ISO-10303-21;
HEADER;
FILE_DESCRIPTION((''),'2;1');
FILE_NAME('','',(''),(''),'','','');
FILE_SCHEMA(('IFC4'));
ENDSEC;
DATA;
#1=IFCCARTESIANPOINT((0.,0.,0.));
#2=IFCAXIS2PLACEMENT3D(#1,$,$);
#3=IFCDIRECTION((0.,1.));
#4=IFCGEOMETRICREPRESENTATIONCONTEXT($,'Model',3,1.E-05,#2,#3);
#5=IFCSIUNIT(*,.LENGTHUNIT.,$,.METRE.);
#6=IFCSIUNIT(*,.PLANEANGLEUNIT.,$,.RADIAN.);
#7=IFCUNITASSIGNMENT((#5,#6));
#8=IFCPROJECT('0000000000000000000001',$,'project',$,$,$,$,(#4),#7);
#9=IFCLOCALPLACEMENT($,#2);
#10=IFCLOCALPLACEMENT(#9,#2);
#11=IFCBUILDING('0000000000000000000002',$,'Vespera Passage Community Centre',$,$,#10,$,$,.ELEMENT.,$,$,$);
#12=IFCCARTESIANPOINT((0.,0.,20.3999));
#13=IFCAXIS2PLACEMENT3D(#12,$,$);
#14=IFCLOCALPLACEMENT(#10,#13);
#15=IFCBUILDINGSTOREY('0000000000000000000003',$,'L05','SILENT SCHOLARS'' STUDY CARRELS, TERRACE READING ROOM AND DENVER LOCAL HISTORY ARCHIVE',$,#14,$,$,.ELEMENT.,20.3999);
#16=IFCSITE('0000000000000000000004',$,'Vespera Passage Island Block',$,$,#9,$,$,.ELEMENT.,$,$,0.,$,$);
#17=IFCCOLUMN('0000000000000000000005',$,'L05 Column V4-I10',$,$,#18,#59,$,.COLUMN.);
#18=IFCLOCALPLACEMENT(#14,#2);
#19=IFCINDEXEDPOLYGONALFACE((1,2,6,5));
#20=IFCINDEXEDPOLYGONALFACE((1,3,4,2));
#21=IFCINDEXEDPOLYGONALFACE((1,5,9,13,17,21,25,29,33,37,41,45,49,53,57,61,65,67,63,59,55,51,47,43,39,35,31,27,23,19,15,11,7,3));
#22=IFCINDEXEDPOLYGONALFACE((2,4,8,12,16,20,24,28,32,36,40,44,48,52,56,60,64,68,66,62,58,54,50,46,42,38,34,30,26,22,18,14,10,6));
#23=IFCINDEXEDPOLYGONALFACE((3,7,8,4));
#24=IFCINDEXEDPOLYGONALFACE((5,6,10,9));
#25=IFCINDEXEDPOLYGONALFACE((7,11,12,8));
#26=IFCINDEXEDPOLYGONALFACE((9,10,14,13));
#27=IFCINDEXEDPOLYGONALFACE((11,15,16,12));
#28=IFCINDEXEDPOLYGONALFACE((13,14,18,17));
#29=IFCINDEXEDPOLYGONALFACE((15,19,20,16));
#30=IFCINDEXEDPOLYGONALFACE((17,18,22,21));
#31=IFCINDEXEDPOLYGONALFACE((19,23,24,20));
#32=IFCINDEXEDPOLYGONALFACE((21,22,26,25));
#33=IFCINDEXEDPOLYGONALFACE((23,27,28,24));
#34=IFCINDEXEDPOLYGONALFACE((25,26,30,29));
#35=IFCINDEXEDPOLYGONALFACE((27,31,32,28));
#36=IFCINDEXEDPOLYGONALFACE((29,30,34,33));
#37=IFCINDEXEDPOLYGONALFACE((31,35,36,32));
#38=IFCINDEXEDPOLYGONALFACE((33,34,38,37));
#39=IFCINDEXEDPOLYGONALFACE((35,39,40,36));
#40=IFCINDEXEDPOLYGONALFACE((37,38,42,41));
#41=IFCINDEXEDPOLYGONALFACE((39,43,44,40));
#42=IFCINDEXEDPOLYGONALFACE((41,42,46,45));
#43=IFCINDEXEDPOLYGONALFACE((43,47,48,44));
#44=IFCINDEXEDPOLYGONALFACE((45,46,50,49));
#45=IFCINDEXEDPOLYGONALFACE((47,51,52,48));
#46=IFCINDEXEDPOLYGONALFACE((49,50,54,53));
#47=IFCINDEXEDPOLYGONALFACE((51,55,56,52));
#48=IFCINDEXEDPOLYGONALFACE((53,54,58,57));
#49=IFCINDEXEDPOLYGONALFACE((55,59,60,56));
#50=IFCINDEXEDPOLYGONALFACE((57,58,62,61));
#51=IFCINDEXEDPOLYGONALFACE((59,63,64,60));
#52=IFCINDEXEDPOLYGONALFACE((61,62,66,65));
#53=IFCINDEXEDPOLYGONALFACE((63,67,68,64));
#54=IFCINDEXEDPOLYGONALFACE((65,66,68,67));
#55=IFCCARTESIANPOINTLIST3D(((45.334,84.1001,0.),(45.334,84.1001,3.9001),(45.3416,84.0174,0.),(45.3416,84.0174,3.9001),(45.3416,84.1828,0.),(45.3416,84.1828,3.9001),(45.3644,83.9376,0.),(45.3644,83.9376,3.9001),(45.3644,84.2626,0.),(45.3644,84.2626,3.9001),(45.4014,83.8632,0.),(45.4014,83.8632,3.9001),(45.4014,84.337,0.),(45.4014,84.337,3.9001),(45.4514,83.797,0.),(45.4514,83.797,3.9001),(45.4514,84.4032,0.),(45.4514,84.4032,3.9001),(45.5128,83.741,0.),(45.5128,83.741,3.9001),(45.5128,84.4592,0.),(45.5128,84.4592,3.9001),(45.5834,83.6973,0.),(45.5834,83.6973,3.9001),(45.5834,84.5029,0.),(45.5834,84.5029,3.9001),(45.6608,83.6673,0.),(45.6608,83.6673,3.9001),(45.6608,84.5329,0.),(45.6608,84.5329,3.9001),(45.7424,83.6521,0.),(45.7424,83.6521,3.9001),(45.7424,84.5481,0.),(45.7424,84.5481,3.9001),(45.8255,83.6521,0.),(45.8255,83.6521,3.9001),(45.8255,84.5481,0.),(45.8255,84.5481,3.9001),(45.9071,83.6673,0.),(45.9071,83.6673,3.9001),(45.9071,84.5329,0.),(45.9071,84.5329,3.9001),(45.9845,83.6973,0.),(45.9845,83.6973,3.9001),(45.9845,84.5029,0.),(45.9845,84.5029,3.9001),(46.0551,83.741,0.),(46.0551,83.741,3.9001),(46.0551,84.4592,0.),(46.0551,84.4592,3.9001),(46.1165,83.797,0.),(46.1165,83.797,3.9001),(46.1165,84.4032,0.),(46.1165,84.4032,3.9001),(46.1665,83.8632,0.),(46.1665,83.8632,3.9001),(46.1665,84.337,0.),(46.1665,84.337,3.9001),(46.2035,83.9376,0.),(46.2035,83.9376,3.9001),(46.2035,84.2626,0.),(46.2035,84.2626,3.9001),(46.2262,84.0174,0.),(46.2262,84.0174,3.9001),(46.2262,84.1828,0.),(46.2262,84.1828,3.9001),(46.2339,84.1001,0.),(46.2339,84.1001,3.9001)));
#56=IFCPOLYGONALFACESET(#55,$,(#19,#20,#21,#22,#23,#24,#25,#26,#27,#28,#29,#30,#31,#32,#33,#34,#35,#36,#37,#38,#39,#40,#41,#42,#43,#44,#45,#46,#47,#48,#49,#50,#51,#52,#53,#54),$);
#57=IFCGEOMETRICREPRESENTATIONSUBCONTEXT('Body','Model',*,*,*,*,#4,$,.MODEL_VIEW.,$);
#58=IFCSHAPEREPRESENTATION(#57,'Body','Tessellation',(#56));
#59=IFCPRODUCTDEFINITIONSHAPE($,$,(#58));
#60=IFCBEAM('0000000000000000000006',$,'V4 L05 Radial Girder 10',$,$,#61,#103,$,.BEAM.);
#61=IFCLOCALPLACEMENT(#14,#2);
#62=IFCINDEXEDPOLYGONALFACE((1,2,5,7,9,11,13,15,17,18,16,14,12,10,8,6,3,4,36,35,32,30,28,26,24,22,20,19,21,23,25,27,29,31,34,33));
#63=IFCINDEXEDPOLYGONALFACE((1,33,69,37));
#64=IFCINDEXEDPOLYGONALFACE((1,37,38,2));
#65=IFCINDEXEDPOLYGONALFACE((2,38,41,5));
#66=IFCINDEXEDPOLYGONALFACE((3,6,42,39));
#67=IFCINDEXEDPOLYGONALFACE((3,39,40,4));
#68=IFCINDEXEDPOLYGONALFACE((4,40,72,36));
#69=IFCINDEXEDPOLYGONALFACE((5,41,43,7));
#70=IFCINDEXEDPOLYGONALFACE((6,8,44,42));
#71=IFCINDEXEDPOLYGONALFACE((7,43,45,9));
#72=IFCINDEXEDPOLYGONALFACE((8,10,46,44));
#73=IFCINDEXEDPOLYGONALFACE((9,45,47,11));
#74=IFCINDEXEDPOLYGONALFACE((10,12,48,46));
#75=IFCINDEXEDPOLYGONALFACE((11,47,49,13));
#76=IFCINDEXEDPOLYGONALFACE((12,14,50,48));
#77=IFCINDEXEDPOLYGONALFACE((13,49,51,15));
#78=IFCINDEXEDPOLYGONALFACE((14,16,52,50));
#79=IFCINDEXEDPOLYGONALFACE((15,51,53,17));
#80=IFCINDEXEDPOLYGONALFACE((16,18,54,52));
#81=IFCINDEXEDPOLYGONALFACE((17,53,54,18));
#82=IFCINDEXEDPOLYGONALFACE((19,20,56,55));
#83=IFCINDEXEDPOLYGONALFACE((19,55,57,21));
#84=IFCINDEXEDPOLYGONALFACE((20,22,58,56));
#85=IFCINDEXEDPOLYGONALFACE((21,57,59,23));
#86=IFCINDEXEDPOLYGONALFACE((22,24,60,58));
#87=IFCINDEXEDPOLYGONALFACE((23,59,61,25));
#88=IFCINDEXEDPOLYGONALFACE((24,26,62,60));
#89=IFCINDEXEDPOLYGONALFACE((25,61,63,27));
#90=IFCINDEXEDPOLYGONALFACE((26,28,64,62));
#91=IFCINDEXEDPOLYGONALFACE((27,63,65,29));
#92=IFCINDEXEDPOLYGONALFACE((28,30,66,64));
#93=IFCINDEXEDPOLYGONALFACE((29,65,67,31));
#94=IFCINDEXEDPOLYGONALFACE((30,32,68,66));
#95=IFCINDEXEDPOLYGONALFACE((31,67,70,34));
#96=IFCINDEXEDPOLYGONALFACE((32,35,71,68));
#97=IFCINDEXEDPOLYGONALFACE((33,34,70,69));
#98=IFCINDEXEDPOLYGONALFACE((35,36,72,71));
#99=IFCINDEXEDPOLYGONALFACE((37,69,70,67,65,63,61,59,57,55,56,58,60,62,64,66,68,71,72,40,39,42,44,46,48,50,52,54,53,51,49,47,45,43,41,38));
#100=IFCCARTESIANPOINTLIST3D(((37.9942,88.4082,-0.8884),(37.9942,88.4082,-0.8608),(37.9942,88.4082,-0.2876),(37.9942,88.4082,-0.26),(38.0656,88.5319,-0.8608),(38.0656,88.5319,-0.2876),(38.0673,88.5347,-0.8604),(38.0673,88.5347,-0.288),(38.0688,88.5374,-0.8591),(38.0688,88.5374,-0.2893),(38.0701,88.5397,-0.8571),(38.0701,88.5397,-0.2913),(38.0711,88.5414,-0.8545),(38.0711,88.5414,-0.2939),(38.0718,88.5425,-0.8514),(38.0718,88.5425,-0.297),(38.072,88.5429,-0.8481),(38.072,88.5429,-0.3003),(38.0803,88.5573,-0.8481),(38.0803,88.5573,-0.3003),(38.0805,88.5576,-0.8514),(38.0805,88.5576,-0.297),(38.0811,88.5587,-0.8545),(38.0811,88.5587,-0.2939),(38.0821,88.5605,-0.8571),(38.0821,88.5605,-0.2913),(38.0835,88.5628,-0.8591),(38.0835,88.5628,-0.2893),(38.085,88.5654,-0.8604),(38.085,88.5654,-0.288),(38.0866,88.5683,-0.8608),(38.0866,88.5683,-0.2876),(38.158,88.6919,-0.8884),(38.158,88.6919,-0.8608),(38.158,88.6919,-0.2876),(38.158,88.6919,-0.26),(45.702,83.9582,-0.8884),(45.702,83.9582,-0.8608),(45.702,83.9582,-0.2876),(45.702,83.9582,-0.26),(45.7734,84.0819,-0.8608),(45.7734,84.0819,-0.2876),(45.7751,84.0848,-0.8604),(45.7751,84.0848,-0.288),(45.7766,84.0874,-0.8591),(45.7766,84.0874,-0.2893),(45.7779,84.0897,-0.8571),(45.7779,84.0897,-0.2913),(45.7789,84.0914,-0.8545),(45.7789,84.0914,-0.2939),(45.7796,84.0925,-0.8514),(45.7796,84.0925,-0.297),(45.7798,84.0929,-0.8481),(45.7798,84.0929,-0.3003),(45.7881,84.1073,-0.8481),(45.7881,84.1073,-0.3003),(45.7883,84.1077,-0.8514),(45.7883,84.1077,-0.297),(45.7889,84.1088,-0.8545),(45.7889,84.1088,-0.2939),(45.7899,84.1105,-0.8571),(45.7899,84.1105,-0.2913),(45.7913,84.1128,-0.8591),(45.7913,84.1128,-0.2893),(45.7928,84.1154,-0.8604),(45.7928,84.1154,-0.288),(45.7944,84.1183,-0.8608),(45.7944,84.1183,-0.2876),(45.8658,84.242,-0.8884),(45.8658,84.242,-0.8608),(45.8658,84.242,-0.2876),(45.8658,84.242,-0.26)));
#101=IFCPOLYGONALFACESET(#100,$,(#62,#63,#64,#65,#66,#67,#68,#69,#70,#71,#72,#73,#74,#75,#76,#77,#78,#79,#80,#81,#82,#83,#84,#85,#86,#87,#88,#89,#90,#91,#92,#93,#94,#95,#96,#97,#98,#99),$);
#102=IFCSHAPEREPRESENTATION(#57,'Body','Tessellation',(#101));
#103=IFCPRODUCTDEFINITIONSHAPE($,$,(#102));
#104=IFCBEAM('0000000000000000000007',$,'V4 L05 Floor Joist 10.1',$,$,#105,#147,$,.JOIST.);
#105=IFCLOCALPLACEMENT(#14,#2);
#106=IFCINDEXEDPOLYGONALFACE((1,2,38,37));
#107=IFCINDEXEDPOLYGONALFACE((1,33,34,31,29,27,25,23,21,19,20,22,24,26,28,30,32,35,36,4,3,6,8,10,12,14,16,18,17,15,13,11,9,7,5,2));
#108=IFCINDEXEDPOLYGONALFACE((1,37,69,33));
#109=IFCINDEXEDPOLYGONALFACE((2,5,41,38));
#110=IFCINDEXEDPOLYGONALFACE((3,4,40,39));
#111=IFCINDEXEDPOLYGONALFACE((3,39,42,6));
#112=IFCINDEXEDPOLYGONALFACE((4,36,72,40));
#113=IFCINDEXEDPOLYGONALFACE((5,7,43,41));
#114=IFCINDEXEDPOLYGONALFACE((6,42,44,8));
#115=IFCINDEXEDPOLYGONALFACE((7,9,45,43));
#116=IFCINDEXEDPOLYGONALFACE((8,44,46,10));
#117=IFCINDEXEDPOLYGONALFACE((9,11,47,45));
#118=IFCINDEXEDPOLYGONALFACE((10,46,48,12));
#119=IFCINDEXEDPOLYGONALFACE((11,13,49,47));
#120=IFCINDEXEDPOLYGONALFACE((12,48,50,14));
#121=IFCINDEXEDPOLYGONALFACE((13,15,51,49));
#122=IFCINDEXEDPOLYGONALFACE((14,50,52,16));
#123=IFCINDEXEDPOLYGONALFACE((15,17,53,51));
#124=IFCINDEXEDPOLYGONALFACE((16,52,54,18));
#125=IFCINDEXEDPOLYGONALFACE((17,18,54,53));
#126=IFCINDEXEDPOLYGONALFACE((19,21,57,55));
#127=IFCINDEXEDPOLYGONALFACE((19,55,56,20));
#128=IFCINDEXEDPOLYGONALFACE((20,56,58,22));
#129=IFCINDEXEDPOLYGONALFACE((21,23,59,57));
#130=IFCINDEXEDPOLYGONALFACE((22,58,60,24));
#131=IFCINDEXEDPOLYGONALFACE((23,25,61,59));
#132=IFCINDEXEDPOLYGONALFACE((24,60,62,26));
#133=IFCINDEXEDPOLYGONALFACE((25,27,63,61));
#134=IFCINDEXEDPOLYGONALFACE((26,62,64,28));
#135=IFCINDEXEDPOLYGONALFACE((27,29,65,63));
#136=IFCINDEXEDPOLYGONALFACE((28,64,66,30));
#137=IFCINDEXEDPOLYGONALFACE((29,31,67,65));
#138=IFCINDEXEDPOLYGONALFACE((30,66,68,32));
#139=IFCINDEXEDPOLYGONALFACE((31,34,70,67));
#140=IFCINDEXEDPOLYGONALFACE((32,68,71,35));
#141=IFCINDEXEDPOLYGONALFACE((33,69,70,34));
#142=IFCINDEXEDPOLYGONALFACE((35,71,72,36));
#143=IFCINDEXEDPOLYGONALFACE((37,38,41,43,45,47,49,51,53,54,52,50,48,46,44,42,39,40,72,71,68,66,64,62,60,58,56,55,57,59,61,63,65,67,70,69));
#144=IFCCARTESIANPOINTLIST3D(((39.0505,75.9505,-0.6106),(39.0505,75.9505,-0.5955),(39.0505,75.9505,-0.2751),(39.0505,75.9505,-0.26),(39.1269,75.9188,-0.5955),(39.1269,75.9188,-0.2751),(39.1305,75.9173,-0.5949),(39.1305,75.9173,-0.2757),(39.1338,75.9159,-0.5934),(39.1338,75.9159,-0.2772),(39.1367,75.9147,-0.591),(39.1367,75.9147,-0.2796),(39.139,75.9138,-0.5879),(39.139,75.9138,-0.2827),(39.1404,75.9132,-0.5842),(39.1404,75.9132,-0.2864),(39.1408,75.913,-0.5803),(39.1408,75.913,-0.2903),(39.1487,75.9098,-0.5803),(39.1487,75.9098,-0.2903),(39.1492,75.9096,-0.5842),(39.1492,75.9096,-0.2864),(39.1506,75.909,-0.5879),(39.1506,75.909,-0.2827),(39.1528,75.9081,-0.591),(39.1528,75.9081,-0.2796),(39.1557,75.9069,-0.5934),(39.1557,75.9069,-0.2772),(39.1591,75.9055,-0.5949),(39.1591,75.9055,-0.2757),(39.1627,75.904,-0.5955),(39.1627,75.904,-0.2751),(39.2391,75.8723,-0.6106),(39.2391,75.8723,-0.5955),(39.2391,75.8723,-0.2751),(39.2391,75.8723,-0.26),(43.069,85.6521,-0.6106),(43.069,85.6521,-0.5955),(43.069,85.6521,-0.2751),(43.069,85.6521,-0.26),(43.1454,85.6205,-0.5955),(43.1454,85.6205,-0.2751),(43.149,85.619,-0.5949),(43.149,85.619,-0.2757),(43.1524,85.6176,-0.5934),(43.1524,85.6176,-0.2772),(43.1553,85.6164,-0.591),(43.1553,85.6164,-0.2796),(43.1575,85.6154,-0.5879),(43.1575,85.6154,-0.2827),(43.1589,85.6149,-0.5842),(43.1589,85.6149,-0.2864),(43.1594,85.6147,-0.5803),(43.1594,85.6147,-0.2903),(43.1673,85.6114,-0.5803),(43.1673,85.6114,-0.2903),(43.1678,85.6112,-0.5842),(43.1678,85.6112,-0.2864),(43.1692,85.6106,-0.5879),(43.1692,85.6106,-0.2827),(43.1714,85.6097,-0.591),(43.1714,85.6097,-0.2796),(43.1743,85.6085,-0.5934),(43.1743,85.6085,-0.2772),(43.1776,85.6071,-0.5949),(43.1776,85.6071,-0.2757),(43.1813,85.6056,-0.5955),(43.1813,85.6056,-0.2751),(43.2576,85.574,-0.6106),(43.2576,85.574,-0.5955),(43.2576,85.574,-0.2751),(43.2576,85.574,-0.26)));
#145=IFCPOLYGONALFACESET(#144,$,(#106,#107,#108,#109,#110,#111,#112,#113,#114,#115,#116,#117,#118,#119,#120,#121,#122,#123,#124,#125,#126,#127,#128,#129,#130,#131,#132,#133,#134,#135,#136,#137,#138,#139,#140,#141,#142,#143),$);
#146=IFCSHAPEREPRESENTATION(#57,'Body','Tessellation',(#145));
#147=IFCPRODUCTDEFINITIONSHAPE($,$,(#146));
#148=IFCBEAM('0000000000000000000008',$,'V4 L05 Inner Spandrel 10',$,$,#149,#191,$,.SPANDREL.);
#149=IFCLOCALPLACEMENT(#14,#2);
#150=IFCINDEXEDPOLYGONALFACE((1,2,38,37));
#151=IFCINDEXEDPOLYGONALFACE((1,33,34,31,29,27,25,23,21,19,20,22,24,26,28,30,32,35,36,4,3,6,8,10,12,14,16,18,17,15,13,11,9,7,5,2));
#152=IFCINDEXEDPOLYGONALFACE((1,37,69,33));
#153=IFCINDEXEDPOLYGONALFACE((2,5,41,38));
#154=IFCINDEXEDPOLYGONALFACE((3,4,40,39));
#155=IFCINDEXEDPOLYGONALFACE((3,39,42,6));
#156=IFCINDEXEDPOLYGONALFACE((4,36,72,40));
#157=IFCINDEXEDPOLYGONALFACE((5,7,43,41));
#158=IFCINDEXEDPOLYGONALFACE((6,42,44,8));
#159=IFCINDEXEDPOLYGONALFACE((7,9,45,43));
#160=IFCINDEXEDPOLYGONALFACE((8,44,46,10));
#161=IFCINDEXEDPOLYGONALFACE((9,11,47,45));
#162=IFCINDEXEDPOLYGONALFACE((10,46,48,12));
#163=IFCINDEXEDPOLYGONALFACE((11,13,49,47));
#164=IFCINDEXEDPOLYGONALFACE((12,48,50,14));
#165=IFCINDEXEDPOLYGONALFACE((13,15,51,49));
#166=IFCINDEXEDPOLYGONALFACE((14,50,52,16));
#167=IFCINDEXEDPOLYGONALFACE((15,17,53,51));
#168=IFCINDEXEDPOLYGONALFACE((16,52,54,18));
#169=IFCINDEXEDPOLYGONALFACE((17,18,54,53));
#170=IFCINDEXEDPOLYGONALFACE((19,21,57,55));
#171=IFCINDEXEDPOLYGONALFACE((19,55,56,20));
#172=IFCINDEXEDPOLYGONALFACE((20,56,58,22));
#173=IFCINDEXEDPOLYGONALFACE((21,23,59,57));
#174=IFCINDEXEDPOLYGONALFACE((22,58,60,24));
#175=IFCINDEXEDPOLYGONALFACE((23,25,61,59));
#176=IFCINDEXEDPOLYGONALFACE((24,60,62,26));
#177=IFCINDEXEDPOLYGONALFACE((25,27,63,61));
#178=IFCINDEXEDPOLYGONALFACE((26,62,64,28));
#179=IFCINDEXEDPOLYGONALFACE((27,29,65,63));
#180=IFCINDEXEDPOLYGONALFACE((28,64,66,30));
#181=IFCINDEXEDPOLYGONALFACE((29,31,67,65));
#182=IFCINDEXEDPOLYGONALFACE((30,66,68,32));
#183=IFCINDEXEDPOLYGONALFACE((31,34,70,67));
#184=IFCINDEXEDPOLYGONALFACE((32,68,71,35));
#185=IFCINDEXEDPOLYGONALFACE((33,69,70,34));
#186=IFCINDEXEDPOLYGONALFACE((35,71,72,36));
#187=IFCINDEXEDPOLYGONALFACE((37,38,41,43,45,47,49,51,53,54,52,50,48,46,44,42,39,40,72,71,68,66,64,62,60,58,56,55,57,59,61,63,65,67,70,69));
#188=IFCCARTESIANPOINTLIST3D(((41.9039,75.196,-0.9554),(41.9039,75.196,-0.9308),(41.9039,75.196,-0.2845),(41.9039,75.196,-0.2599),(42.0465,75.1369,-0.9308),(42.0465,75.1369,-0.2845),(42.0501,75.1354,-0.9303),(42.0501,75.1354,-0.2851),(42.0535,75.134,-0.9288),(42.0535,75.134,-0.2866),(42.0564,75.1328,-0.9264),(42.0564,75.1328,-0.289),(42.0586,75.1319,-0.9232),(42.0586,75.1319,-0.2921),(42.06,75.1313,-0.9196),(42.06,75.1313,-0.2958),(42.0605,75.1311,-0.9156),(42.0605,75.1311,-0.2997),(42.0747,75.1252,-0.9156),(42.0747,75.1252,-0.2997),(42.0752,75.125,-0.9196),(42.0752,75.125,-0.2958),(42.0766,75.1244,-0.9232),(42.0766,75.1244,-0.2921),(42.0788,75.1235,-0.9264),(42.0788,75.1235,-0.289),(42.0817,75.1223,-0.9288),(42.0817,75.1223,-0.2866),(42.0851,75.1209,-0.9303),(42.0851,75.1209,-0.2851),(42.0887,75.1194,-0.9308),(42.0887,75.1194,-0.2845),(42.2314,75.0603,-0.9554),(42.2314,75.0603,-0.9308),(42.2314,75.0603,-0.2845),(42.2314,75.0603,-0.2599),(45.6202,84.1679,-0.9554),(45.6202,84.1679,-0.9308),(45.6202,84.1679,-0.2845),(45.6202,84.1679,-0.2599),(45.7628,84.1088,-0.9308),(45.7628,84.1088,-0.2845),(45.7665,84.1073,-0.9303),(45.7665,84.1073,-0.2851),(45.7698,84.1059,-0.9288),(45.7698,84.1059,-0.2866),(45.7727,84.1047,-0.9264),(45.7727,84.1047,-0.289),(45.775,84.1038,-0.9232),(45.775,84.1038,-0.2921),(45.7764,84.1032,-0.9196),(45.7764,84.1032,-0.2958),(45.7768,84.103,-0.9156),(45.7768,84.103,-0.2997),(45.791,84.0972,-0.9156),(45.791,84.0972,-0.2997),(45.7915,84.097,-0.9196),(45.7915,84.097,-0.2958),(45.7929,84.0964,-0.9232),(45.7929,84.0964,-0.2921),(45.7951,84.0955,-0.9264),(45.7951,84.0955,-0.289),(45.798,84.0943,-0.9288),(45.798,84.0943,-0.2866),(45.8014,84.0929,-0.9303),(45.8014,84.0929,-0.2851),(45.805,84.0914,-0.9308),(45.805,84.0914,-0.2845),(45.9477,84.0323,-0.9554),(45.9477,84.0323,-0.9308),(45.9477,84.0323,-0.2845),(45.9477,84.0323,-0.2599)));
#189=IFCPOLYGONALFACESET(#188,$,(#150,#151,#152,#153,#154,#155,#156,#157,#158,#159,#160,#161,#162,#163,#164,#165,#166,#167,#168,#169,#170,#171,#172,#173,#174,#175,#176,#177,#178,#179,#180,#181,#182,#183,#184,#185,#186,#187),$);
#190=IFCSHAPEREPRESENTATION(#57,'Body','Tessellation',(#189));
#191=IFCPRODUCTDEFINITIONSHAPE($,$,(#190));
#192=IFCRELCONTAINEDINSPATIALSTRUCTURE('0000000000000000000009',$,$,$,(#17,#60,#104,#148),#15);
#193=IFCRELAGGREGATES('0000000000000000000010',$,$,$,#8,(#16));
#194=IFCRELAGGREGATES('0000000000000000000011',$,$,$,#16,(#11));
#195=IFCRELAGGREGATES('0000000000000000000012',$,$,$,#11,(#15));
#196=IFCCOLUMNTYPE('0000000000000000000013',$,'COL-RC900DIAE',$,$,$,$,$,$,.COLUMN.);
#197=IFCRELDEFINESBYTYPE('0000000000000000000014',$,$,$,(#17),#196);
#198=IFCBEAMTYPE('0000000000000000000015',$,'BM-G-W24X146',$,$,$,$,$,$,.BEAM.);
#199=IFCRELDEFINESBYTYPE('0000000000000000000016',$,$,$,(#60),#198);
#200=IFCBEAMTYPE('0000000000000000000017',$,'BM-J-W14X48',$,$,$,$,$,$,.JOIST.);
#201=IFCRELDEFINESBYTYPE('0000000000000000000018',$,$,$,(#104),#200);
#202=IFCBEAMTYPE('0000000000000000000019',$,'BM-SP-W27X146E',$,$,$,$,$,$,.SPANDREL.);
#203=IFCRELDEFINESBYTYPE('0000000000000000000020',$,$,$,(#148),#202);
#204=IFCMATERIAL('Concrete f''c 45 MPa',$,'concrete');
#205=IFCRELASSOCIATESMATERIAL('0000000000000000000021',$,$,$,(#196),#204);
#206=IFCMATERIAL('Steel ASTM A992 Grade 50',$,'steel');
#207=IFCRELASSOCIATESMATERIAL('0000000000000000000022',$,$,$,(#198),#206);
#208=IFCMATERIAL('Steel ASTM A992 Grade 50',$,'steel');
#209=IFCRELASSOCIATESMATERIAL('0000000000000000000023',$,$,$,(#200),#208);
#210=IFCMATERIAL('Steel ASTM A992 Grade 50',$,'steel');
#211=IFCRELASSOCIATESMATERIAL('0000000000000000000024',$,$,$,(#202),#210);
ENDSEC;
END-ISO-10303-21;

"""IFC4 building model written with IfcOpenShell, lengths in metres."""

from ifc_helpers import new_model, si_unit, direction, frame, origin, origin_2d, place, context, subcontext, project, spatial, circle, i_section, extrude, material, material_profile, profile_set, type_object, element, save


model = new_model("IFC4")

# Units and contexts
model_context = context("Model", 3, precision=1e-05, world=origin(), true_north=direction((0.0, 1.0)))
body_context = subcontext(model_context, "Body", "Model", "MODEL_VIEW")
ifc_project = project(units=[si_unit("LENGTHUNIT", "METRE"), si_unit("PLANEANGLEUNIT", "RADIAN")], contexts=[model_context])

# Site, building, storey
site_placement = place(None, origin())
site = spatial("IfcSite", under=ifc_project, at=site_placement, Name="Vespera Passage Island Block", CompositionType="ELEMENT", RefElevation=0.0)
building_placement = place(site_placement, origin())
building = spatial("IfcBuilding", under=site, at=building_placement, Name="Vespera Passage Community Centre", CompositionType="ELEMENT")
storey_placement = place(building_placement, frame((0.0, 0.0, 20.3999)))
storey = spatial("IfcBuildingStorey", under=building, at=storey_placement, Name="L05", Description="SILENT SCHOLARS' STUDY CARRELS, TERRACE READING ROOM AND DENVER LOCAL HISTORY ARCHIVE", CompositionType="ELEMENT", Elevation=20.3999)

# Column
ifc_material_1 = material(Name="Concrete f'c 45 MPa", Category="concrete")
ifc_material_profile_1 = material_profile(ifc_material_1, circle(Radius=0.45, at=origin_2d()), Name="RC900DIA")
ifc_profile_set_1 = profile_set([ifc_material_profile_1], Name="Concrete f'c 45 MPa")
column_type = type_object("IfcColumnType", Name="COL-RC900DIAE", PredefinedType="COLUMN", material=ifc_profile_set_1)
column_placement = place(storey_placement, frame((45.7839, 84.1001, 0.0), z_axis=(0.0, 0.0, 1.0), x_axis=(1.0, 0.0, 0.0)))
element("IfcColumn", 1, at=column_placement, inside=storey, type_object=column_type, Name="L05 Column V4-I10", PredefinedType="COLUMN", context=body_context, shape_type="SweptSolid", body=[
    extrude(circle(Radius=0.45, at=origin_2d()), origin(), (0.0, 0.0, 1.0), 3.9001),
])

# Beams
ifc_material_2 = material(Name="Steel ASTM A992 Grade 50", Category="steel")
ifc_material_profile_2 = material_profile(ifc_material_2, i_section(OverallWidth=0.3276, OverallDepth=0.6284, WebThickness=0.0166, FlangeThickness=0.0276, FilletRadius=0.0127, at=origin_2d()), Name="W24X146")
ifc_profile_set_2 = profile_set([ifc_material_profile_2], Name="Steel ASTM A992 Grade 50")
beam_type_1 = type_object("IfcBeamType", Name="BM-G-W24X146", PredefinedType="BEAM", material=ifc_profile_set_2)
beam_1_placement = place(storey_placement, frame((45.7839, 84.1001, -0.5742), z_axis=(-0.866032, 0.499989, 0.0), x_axis=(-0.499989, -0.866032, 0.0)))
element("IfcBeam", 2, at=beam_1_placement, inside=storey, type_object=beam_type_1, Name="V4 L05 Radial Girder 10", PredefinedType="BEAM", context=body_context, shape_type="SweptSolid", body=[
    extrude(i_section(OverallWidth=0.3276, OverallDepth=0.6284, WebThickness=0.0166, FlangeThickness=0.0276, FilletRadius=0.0127, at=origin_2d()), origin(), (0.0, 0.0, 1.0), 8.9001),
])
ifc_material_3 = material(Name="Steel ASTM A992 Grade 50", Category="steel")
ifc_material_profile_3 = material_profile(ifc_material_3, i_section(OverallWidth=0.2041, OverallDepth=0.3506, WebThickness=0.0085, FlangeThickness=0.0151, FilletRadius=0.0151, at=origin_2d()), Name="W14X48")
ifc_profile_set_3 = profile_set([ifc_material_profile_3], Name="Steel ASTM A992 Grade 50")
beam_type_2 = type_object("IfcBeamType", Name="BM-J-W14X48", PredefinedType="JOIST", material=ifc_profile_set_3)
beam_2_placement = place(storey_placement, frame((43.1633, 85.613, -0.4353), z_axis=(-0.382683, -0.92388, 0.0), x_axis=(0.92388, -0.382683, 0.0)))
element("IfcBeam", 3, at=beam_2_placement, inside=storey, type_object=beam_type_2, Name="V4 L05 Floor Joist 10.1", PredefinedType="JOIST", context=body_context, shape_type="SweptSolid", body=[
    extrude(i_section(OverallWidth=0.2041, OverallDepth=0.3506, WebThickness=0.0085, FlangeThickness=0.0151, FilletRadius=0.0151, at=origin_2d()), origin(), (0.0, 0.0, 1.0), 10.501),
])
ifc_material_4 = material(Name="Steel ASTM A992 Grade 50", Category="steel")
ifc_material_profile_4 = material_profile(ifc_material_4, i_section(OverallWidth=0.3545, OverallDepth=0.6956, WebThickness=0.0154, FlangeThickness=0.0247, FilletRadius=0.0151, at=origin_2d()), Name="W27X146")
ifc_profile_set_4 = profile_set([ifc_material_profile_4], Name="Steel ASTM A992 Grade 50")
beam_type_3 = type_object("IfcBeamType", Name="BM-SP-W27X146E", PredefinedType="SPANDREL", material=ifc_profile_set_4)
beam_3_placement = place(storey_placement, frame((45.7839, 84.1001, -0.6077), z_axis=(-0.382685, -0.923879, 0.0), x_axis=(0.923879, -0.382685, 0.0)))
element("IfcBeam", 4, at=beam_3_placement, inside=storey, type_object=beam_type_3, Name="V4 L05 Inner Spandrel 10", PredefinedType="SPANDREL", context=body_context, shape_type="SweptSolid", body=[
    extrude(i_section(OverallWidth=0.3545, OverallDepth=0.6956, WebThickness=0.0154, FlangeThickness=0.0247, FilletRadius=0.0151, at=origin_2d()), origin(), (0.0, 0.0, 1.0), 9.7112),
])

save(model, "model.ifc")
